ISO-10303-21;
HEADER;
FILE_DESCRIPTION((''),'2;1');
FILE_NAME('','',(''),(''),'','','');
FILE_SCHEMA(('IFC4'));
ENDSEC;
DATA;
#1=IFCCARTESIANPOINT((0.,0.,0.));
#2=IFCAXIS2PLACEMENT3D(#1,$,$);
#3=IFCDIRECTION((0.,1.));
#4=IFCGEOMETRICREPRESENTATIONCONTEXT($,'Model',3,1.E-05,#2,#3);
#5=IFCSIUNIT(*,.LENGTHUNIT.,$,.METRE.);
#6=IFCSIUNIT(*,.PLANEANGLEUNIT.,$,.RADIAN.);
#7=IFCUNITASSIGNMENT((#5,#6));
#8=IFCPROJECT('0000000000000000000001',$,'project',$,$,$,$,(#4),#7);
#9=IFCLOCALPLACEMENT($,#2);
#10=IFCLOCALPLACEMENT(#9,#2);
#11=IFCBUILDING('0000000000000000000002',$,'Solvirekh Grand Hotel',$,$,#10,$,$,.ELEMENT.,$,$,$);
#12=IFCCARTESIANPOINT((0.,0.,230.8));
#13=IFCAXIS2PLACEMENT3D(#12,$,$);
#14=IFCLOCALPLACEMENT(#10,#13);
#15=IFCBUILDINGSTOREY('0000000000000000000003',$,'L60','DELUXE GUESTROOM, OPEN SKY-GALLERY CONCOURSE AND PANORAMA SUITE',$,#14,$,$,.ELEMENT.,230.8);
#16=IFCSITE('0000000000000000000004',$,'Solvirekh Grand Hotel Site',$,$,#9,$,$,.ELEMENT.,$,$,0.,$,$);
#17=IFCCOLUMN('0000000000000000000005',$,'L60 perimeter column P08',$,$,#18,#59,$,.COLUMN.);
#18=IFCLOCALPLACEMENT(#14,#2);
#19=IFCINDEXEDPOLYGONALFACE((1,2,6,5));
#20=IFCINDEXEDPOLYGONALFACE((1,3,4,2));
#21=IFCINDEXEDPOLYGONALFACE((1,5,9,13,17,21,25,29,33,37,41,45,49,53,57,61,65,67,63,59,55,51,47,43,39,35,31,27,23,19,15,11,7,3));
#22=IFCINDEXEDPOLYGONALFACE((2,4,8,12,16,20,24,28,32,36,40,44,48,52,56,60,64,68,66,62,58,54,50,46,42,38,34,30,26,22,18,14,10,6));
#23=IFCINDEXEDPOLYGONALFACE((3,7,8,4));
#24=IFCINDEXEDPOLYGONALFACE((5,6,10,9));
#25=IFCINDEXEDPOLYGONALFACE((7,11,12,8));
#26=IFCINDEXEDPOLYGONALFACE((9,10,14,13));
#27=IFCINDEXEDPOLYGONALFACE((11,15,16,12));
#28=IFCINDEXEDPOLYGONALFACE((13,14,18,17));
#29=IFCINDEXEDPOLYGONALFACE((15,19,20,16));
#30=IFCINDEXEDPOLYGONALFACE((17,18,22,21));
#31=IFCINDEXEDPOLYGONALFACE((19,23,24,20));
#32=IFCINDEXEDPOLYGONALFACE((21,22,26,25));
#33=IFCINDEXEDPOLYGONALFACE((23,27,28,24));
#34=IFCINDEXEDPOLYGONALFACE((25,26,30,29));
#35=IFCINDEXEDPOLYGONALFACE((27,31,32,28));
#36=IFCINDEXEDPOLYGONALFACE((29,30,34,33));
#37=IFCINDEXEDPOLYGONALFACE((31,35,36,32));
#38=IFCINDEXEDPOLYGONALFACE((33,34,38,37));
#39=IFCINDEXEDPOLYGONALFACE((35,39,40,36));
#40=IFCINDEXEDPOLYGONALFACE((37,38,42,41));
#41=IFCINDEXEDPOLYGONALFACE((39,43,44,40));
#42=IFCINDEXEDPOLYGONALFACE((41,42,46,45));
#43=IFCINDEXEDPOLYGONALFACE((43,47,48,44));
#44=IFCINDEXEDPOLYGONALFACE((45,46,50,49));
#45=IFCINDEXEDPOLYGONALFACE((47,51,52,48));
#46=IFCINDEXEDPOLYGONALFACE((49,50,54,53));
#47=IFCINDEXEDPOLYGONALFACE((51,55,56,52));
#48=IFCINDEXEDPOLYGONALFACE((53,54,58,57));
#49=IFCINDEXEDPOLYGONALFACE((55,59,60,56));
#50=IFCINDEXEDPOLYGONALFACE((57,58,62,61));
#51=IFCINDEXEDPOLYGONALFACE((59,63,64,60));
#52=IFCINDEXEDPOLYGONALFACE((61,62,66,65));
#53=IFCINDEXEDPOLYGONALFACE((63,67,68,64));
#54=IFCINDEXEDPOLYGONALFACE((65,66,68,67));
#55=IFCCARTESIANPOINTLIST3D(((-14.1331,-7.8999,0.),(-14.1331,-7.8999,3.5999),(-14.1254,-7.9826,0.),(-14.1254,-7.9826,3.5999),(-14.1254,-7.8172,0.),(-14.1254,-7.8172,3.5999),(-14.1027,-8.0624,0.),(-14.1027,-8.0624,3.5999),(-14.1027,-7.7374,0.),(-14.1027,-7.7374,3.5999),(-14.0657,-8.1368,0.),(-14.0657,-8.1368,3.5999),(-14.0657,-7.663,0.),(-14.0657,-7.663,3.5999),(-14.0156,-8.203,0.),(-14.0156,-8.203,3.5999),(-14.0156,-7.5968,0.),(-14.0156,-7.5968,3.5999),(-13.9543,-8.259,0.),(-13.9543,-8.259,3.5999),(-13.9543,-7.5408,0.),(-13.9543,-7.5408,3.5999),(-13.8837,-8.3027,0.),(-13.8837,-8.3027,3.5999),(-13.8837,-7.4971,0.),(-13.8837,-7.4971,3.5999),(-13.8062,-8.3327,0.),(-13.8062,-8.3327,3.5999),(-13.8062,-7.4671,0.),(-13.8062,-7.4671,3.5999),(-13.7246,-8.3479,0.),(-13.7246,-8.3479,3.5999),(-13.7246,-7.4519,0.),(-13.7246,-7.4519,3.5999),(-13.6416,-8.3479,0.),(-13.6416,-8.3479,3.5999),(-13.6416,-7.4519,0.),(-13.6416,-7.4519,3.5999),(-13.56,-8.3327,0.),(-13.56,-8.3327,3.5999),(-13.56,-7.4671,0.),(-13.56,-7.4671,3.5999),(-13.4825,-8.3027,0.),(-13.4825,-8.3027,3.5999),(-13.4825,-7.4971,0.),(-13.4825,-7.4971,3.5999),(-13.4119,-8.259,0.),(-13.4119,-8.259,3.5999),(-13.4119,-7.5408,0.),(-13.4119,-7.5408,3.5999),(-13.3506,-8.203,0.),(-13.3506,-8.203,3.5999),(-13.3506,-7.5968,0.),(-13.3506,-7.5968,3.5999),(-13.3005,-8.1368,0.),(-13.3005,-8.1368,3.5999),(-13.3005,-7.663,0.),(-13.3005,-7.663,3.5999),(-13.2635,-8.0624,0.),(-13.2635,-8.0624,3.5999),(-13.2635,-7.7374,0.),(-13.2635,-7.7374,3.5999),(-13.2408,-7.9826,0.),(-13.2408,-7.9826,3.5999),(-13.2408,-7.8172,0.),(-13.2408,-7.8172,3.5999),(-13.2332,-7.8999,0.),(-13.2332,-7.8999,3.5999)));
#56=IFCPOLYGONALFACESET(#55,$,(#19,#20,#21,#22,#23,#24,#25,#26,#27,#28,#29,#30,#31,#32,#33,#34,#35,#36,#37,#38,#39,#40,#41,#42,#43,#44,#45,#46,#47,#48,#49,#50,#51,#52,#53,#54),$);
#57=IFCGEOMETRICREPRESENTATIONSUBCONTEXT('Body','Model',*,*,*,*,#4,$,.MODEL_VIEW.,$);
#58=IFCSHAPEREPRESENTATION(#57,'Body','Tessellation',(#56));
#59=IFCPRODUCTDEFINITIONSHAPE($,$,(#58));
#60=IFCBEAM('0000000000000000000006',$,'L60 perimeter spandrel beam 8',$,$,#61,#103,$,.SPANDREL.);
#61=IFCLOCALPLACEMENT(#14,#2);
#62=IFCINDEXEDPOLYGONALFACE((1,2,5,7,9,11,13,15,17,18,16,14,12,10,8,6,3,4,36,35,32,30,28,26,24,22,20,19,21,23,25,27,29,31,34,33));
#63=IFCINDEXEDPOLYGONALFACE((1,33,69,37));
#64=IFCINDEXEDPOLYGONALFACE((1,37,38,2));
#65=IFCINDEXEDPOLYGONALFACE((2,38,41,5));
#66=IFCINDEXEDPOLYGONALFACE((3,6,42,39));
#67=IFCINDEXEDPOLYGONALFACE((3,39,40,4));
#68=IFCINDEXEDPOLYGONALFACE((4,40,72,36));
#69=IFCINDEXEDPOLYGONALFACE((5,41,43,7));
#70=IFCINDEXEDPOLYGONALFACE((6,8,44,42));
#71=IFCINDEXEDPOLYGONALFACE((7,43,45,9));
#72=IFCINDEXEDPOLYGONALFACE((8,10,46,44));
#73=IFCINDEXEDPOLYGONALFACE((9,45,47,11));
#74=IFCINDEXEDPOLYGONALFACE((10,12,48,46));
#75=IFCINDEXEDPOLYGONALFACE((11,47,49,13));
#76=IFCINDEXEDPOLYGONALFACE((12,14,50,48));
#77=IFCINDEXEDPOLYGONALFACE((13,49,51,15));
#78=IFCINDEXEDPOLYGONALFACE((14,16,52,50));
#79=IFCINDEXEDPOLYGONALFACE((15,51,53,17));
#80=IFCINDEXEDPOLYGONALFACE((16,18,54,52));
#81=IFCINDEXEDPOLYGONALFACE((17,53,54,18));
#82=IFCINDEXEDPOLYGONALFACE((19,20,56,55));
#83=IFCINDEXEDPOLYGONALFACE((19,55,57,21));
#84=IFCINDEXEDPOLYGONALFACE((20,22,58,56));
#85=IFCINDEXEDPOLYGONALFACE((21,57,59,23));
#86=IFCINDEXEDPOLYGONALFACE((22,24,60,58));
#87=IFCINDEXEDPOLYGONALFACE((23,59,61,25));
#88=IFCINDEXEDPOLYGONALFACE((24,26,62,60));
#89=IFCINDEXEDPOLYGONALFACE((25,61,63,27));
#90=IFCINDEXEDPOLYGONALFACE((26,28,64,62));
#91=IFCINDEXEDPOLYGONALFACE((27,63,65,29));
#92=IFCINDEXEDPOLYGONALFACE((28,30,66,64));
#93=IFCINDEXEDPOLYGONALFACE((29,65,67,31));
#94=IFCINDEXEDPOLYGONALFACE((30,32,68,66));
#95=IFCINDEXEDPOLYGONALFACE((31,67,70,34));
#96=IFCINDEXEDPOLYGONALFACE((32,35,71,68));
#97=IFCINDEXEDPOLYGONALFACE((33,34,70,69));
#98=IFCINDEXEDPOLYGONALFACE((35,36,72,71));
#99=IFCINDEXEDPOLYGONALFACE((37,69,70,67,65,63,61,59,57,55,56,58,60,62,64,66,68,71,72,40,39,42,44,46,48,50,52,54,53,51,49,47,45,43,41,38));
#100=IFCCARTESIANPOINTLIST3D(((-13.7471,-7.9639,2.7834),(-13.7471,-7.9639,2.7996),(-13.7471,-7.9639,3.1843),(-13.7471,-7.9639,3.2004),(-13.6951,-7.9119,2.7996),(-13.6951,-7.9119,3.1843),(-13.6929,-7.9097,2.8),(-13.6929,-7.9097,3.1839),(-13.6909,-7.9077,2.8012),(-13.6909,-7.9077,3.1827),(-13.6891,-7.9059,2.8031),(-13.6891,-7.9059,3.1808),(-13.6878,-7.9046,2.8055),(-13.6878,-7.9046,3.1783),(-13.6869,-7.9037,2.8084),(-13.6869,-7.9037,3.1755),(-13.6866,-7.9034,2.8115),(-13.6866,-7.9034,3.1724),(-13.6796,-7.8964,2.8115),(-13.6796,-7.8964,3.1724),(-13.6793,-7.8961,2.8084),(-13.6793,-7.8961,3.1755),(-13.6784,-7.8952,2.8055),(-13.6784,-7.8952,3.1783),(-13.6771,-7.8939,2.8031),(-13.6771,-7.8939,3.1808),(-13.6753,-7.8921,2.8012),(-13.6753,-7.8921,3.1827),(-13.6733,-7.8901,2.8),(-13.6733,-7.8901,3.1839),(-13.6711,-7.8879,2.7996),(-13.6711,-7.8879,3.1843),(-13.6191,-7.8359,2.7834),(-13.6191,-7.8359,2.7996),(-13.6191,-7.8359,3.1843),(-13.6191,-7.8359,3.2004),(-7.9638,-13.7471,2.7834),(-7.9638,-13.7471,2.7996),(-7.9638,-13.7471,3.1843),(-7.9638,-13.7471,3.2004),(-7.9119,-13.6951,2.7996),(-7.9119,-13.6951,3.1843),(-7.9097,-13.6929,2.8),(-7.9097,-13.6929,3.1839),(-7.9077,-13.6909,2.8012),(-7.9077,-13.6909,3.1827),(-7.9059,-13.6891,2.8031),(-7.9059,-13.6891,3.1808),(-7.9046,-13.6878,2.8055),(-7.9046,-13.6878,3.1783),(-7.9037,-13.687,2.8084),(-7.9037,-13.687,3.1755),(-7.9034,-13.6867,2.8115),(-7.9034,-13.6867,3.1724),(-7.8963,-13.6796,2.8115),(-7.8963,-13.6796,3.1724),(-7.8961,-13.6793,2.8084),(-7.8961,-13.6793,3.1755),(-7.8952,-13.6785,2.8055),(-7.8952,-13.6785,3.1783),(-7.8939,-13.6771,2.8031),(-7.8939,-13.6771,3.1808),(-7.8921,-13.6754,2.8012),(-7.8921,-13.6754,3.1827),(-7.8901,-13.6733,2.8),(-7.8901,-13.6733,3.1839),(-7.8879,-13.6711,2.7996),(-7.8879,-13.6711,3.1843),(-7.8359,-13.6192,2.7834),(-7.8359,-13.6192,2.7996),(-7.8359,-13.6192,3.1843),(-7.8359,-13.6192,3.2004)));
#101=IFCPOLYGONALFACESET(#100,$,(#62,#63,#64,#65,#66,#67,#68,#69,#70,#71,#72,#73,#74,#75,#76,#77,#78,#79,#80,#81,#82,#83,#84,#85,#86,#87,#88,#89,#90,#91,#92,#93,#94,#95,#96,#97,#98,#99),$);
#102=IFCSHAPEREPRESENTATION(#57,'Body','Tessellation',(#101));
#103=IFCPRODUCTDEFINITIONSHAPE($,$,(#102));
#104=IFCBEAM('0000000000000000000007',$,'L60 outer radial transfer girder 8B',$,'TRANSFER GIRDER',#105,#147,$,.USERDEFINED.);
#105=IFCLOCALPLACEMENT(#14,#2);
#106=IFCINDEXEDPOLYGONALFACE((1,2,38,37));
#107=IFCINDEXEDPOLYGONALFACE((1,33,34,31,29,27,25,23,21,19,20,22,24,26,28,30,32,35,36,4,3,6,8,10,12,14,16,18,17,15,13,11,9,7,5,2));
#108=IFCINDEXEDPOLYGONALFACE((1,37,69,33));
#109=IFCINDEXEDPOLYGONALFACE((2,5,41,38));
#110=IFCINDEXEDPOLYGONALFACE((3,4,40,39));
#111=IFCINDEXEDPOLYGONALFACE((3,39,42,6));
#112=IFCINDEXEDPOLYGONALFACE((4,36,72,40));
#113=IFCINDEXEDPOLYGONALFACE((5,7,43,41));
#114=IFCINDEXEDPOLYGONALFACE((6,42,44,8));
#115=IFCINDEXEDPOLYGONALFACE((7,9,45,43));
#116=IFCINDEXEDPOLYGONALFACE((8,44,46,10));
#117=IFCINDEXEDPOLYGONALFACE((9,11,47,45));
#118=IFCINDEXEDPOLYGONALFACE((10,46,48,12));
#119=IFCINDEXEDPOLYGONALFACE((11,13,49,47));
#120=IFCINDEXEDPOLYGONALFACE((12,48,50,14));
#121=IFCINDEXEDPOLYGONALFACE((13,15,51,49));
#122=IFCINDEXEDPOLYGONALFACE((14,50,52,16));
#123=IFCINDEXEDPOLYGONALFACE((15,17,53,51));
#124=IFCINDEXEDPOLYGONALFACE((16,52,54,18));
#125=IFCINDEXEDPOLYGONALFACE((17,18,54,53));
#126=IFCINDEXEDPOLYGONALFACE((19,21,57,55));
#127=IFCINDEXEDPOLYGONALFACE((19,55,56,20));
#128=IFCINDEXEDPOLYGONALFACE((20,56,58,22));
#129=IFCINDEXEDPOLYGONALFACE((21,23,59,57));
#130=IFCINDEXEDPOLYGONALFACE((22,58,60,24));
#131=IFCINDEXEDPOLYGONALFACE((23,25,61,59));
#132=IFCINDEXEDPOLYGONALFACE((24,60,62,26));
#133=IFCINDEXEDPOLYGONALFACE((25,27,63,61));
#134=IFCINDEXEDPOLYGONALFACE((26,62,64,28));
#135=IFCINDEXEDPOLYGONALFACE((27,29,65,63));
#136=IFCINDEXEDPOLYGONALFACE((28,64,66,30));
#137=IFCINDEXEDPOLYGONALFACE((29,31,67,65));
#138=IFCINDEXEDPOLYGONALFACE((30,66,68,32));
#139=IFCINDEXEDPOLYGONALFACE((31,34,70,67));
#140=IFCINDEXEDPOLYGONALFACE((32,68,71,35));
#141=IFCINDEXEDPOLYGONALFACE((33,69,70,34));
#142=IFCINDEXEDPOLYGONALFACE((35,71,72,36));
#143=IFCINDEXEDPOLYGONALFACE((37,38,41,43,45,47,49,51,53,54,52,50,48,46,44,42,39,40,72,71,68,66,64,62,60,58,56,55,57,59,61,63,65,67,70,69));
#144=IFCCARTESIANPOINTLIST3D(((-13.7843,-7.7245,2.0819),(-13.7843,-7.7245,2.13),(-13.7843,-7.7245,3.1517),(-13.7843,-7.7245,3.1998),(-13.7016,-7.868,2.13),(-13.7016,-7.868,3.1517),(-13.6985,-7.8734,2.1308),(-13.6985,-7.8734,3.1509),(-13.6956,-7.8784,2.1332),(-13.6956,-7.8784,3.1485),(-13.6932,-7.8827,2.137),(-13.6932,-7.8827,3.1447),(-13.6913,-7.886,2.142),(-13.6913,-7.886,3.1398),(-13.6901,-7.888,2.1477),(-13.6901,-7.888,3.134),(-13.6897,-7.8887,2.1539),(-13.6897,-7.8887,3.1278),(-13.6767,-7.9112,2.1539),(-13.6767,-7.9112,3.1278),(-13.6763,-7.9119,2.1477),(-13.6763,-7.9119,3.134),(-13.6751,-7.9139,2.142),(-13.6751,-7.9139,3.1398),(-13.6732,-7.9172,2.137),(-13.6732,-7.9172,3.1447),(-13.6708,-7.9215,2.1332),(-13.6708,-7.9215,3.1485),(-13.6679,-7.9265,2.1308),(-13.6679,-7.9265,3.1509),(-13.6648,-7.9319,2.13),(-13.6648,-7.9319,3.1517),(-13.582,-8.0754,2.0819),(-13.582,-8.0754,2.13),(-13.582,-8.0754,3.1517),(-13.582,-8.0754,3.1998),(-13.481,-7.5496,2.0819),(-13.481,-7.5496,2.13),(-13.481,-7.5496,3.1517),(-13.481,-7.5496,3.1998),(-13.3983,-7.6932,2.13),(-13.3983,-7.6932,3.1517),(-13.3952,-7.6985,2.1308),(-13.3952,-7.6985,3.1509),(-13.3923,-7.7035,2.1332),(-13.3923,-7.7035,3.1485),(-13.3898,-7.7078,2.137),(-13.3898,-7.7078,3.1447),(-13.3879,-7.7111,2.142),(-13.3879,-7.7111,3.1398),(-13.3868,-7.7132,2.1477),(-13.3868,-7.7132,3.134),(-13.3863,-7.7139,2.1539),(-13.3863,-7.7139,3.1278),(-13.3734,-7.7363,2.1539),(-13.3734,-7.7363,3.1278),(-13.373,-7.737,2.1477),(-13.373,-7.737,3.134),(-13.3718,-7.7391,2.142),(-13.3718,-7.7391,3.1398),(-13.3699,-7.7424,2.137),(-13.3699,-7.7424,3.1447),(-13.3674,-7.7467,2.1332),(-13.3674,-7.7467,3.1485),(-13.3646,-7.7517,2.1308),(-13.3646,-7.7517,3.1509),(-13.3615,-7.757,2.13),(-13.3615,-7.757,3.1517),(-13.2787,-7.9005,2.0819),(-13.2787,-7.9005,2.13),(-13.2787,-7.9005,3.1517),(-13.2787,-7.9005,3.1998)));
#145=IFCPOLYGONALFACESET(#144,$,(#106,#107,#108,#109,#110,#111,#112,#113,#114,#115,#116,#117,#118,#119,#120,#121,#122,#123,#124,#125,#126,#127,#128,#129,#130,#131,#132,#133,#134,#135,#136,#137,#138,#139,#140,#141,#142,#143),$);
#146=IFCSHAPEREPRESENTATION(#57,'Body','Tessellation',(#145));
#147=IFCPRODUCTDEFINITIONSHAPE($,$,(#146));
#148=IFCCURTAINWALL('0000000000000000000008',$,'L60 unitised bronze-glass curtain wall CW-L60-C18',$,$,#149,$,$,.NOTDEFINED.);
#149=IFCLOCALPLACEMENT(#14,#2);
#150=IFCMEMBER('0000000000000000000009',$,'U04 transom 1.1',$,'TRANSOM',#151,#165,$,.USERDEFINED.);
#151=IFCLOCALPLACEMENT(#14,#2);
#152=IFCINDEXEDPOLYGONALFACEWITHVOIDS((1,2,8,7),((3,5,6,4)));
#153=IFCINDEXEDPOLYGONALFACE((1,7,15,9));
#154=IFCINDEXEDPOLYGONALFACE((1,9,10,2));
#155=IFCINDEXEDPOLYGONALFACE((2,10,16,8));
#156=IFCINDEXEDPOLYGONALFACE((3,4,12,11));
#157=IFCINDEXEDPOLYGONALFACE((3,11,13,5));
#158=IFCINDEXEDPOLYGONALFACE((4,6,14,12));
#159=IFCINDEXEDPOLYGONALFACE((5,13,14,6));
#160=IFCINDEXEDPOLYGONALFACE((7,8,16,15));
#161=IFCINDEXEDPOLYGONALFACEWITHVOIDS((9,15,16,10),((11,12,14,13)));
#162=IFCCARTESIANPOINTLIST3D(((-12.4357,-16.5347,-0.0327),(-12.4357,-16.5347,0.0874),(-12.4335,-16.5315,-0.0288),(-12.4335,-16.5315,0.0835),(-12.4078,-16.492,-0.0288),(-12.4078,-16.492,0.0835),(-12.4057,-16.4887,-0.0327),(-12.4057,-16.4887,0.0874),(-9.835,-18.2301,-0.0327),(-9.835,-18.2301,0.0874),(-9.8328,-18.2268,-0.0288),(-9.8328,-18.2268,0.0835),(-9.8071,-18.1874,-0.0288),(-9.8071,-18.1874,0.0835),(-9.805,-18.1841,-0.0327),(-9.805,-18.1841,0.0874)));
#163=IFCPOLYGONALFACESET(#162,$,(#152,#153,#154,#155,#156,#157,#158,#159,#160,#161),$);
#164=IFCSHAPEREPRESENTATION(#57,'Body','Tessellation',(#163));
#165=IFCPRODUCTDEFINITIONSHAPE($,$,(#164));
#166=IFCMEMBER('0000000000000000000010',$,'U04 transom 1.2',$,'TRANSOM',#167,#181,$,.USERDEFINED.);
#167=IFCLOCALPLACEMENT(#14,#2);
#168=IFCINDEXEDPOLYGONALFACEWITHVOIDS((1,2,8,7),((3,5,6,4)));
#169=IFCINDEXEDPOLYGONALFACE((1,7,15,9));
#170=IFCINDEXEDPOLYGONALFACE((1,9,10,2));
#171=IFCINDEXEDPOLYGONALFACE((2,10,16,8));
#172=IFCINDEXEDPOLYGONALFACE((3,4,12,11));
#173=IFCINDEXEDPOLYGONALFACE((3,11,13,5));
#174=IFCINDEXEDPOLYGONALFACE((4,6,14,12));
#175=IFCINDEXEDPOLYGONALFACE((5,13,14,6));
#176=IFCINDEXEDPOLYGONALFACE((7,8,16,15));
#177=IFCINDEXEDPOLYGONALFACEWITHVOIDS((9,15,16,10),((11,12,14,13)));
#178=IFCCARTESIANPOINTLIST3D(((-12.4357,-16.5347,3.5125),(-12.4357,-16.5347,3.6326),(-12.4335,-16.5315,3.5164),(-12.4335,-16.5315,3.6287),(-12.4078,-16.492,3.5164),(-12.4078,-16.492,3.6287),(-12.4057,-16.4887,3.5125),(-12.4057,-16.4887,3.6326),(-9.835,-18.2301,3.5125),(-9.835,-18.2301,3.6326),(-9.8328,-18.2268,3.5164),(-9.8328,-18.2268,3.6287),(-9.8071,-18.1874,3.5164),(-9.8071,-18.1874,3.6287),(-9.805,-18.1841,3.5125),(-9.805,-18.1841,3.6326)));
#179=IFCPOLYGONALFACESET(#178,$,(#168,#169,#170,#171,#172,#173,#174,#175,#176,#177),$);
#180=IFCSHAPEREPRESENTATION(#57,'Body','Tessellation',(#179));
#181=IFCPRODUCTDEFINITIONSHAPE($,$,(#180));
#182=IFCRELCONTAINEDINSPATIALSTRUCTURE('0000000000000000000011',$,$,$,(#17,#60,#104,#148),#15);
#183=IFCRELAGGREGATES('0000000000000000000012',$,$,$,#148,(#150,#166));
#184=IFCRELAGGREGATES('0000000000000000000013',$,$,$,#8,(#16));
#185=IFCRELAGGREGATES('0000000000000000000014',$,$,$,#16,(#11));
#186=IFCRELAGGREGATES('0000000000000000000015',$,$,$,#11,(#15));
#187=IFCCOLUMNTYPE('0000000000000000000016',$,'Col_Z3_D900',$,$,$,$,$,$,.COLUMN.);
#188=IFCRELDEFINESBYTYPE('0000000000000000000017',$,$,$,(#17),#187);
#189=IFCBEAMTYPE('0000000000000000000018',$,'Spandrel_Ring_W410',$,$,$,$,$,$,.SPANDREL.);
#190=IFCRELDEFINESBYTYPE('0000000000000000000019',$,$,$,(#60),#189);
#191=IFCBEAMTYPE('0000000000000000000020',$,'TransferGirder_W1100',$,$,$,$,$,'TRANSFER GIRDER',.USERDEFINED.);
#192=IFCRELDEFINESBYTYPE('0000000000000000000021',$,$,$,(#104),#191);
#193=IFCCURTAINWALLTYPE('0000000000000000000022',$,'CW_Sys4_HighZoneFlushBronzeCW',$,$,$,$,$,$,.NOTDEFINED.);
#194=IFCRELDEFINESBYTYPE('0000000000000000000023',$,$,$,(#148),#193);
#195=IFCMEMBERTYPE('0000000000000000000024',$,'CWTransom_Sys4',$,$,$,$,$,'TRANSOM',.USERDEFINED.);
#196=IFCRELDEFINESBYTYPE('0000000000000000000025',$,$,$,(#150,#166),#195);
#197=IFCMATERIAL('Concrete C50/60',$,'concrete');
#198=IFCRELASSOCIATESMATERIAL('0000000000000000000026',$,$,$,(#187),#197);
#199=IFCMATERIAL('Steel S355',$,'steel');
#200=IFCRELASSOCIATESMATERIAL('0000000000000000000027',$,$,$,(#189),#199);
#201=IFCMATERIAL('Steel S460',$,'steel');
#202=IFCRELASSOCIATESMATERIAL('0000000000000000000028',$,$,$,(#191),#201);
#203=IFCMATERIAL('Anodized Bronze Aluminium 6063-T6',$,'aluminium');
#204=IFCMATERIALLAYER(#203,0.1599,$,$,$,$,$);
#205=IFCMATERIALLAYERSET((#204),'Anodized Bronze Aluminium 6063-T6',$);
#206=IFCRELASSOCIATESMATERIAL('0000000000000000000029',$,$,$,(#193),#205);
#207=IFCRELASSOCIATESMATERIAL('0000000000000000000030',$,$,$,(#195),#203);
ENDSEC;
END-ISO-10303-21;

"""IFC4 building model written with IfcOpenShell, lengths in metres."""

from ifc_helpers import new_model, si_unit, direction, frame, origin, origin_2d, place, context, subcontext, project, spatial, hollow_rectangle, circle, i_section, extrude, source, transform, mapped, material, layer, layer_set, material_profile, profile_set, type_object, element, aggregate, save


model = new_model("IFC4")

# Units and contexts
model_context = context("Model", 3, precision=1e-05, world=origin(), true_north=direction((0.0, 1.0)))
body_context = subcontext(model_context, "Body", "Model", "MODEL_VIEW")
ifc_project = project(units=[si_unit("LENGTHUNIT", "METRE"), si_unit("PLANEANGLEUNIT", "RADIAN")], contexts=[model_context])

# Site, building, storey
site_placement = place(None, origin())
site = spatial("IfcSite", under=ifc_project, at=site_placement, Name="Solvirekh Grand Hotel Site", CompositionType="ELEMENT", RefElevation=0.0)
building_placement = place(site_placement, origin())
building = spatial("IfcBuilding", under=site, at=building_placement, Name="Solvirekh Grand Hotel", CompositionType="ELEMENT")
storey_placement = place(building_placement, frame((0.0, 0.0, 230.8)))
storey = spatial("IfcBuildingStorey", under=building, at=storey_placement, Name="L60", Description="DELUXE GUESTROOM, OPEN SKY-GALLERY CONCOURSE AND PANORAMA SUITE", CompositionType="ELEMENT", Elevation=230.8)

# Column
ifc_material_1 = material(Name="Concrete C50/60", Category="concrete")
ifc_material_profile_1 = material_profile(ifc_material_1, circle(Radius=0.45, at=origin_2d()), Name="RC CIRC D900")
ifc_profile_set_1 = profile_set([ifc_material_profile_1], Name="Concrete C50/60")
column_type = type_object("IfcColumnType", Name="Col_Z3_D900", PredefinedType="COLUMN", material=ifc_profile_set_1)
column_placement = place(storey_placement, frame((-13.6831, -7.8999, 0.0), z_axis=(0.0, 0.0, 1.0), x_axis=(1.0, 0.0, 0.0)))
element("IfcColumn", 1, at=column_placement, inside=storey, type_object=column_type, Name="L60 perimeter column P08", PredefinedType="COLUMN", context=body_context, shape_type="SweptSolid", body=[
    extrude(circle(Radius=0.45, at=origin_2d()), origin(), (0.0, 0.0, 1.0), 3.5999),
])

# Beams
ifc_material_2 = material(Name="Steel S355", Category="steel")
ifc_material_profile_2 = material_profile(ifc_material_2, i_section(OverallWidth=0.1809, OverallDepth=0.417, WebThickness=0.01, FlangeThickness=0.0161, FilletRadius=0.012, at=origin_2d()), Name="W410X85")
ifc_profile_set_2 = profile_set([ifc_material_profile_2], Name="Steel S355")
beam_type_1 = type_object("IfcBeamType", Name="Spandrel_Ring_W410", PredefinedType="SPANDREL", material=ifc_profile_set_2)
beam_1_placement = place(storey_placement, frame((-13.6831, -7.8999, 2.9919), z_axis=(0.707107, -0.707107, 0.0), x_axis=(0.707107, 0.707107, 0.0)))
element("IfcBeam", 2, at=beam_1_placement, inside=storey, type_object=beam_type_1, Name="L60 perimeter spandrel beam 8", PredefinedType="SPANDREL", context=body_context, shape_type="SweptSolid", body=[
    extrude(i_section(OverallWidth=0.1809, OverallDepth=0.417, WebThickness=0.01, FlangeThickness=0.0161, FilletRadius=0.012, at=origin_2d()), origin(), (0.0, 0.0, 1.0), 8.1787),
])
ifc_material_3 = material(Name="Steel S460", Category="steel")
ifc_material_profile_3 = material_profile(ifc_material_3, i_section(OverallWidth=0.405, OverallDepth=1.1179, WebThickness=0.0259, FlangeThickness=0.0481, FilletRadius=0.0239, at=origin_2d()), Name="W1100X499")
ifc_profile_set_3 = profile_set([ifc_material_profile_3], Name="Steel S460")
beam_type_2 = type_object("IfcBeamType", Name="TransferGirder_W1100", ElementType="TRANSFER GIRDER", PredefinedType="USERDEFINED", material=ifc_profile_set_3)
beam_2_placement = place(storey_placement, frame((-13.3799, -7.7251, 2.6409), z_axis=(-0.866348, -0.499441, 0.0), x_axis=(0.499441, -0.866348, 0.0)))
element("IfcBeam", 3, at=beam_2_placement, inside=storey, type_object=beam_type_2, Name="L60 outer radial transfer girder 8B", ObjectType="TRANSFER GIRDER", PredefinedType="USERDEFINED", context=body_context, shape_type="SweptSolid", body=[
    extrude(i_section(OverallWidth=0.405, OverallDepth=1.1179, WebThickness=0.0259, FlangeThickness=0.0481, FilletRadius=0.0239, at=origin_2d()), origin(), (0.0, 0.0, 1.0), 0.3501),
])

# Curtain wall, members
ifc_material_4 = material(Name="Anodized Bronze Aluminium 6063-T6", Category="aluminium")
ifc_layer_1 = layer(ifc_material_4, 0.1599)
ifc_layer_set_1 = layer_set([ifc_layer_1], Name="Anodized Bronze Aluminium 6063-T6")
curtain_wall_type = type_object("IfcCurtainWallType", Name="CW_Sys4_HighZoneFlushBronzeCW", PredefinedType="NOTDEFINED", material=ifc_layer_set_1)
curtain_wall_placement = place(storey_placement, origin())
curtain_wall = element("IfcCurtainWall", 4, at=curtain_wall_placement, inside=storey, type_object=curtain_wall_type, Name="L60 unitised bronze-glass curtain wall CW-L60-C18", PredefinedType="NOTDEFINED")
ifc_material_profile_4 = material_profile(ifc_material_4, hollow_rectangle(XDim=0.0549, YDim=0.1201, WallThickness=0.0039, at=origin_2d()), Name="ALU RHS 120X55X4")
ifc_profile_set_4 = profile_set([ifc_material_profile_4], Name="Anodized Bronze Aluminium 6063-T6")
member_type_1 = type_object("IfcMemberType", Name="CWTransom_Sys4", ElementType="TRANSOM", PredefinedType="USERDEFINED", material=ifc_profile_set_4)
shared_shape_1 = source(origin(), body_context, "Body", "SweptSolid", [
    extrude(hollow_rectangle(XDim=0.0549, YDim=0.1201, WallThickness=0.0039, at=origin_2d()), origin(), (0.0, 0.0, 1.0), 3.1045),
])
member_1_placement = place(storey_placement, frame((-12.4207, -16.5117, 0.0273), z_axis=(0.837717, -0.546105, 0.0), x_axis=(0.546105, 0.837717, 0.0)))
member_1 = element("IfcMember", 5, at=member_1_placement, type_object=member_type_1, Name="U04 transom 1.1", ObjectType="TRANSOM", PredefinedType="USERDEFINED", context=body_context, shape_type="MappedRepresentation", body=[
    mapped(shared_shape_1, transform((0.0, 0.0, 0.0), x_axis=(1.0, 0.0, 0.0), y_axis=(0.0, 1.0, 0.0), z_axis=(0.0, 0.0, 1.0), scale=1.0)),
])
member_2_placement = place(storey_placement, frame((-12.4207, -16.5117, 3.5725), z_axis=(0.837717, -0.546105, 0.0), x_axis=(0.546105, 0.837717, 0.0)))
member_2 = element("IfcMember", 6, at=member_2_placement, type_object=member_type_1, Name="U04 transom 1.2", ObjectType="TRANSOM", PredefinedType="USERDEFINED", context=body_context, shape_type="MappedRepresentation", body=[
    mapped(shared_shape_1, transform((0.0, 0.0, 0.0), x_axis=(1.0, 0.0, 0.0), y_axis=(0.0, 1.0, 0.0), z_axis=(0.0, 0.0, 1.0), scale=1.0)),
])
aggregate(curtain_wall, [member_1, member_2])

save(model, "model.ifc")
